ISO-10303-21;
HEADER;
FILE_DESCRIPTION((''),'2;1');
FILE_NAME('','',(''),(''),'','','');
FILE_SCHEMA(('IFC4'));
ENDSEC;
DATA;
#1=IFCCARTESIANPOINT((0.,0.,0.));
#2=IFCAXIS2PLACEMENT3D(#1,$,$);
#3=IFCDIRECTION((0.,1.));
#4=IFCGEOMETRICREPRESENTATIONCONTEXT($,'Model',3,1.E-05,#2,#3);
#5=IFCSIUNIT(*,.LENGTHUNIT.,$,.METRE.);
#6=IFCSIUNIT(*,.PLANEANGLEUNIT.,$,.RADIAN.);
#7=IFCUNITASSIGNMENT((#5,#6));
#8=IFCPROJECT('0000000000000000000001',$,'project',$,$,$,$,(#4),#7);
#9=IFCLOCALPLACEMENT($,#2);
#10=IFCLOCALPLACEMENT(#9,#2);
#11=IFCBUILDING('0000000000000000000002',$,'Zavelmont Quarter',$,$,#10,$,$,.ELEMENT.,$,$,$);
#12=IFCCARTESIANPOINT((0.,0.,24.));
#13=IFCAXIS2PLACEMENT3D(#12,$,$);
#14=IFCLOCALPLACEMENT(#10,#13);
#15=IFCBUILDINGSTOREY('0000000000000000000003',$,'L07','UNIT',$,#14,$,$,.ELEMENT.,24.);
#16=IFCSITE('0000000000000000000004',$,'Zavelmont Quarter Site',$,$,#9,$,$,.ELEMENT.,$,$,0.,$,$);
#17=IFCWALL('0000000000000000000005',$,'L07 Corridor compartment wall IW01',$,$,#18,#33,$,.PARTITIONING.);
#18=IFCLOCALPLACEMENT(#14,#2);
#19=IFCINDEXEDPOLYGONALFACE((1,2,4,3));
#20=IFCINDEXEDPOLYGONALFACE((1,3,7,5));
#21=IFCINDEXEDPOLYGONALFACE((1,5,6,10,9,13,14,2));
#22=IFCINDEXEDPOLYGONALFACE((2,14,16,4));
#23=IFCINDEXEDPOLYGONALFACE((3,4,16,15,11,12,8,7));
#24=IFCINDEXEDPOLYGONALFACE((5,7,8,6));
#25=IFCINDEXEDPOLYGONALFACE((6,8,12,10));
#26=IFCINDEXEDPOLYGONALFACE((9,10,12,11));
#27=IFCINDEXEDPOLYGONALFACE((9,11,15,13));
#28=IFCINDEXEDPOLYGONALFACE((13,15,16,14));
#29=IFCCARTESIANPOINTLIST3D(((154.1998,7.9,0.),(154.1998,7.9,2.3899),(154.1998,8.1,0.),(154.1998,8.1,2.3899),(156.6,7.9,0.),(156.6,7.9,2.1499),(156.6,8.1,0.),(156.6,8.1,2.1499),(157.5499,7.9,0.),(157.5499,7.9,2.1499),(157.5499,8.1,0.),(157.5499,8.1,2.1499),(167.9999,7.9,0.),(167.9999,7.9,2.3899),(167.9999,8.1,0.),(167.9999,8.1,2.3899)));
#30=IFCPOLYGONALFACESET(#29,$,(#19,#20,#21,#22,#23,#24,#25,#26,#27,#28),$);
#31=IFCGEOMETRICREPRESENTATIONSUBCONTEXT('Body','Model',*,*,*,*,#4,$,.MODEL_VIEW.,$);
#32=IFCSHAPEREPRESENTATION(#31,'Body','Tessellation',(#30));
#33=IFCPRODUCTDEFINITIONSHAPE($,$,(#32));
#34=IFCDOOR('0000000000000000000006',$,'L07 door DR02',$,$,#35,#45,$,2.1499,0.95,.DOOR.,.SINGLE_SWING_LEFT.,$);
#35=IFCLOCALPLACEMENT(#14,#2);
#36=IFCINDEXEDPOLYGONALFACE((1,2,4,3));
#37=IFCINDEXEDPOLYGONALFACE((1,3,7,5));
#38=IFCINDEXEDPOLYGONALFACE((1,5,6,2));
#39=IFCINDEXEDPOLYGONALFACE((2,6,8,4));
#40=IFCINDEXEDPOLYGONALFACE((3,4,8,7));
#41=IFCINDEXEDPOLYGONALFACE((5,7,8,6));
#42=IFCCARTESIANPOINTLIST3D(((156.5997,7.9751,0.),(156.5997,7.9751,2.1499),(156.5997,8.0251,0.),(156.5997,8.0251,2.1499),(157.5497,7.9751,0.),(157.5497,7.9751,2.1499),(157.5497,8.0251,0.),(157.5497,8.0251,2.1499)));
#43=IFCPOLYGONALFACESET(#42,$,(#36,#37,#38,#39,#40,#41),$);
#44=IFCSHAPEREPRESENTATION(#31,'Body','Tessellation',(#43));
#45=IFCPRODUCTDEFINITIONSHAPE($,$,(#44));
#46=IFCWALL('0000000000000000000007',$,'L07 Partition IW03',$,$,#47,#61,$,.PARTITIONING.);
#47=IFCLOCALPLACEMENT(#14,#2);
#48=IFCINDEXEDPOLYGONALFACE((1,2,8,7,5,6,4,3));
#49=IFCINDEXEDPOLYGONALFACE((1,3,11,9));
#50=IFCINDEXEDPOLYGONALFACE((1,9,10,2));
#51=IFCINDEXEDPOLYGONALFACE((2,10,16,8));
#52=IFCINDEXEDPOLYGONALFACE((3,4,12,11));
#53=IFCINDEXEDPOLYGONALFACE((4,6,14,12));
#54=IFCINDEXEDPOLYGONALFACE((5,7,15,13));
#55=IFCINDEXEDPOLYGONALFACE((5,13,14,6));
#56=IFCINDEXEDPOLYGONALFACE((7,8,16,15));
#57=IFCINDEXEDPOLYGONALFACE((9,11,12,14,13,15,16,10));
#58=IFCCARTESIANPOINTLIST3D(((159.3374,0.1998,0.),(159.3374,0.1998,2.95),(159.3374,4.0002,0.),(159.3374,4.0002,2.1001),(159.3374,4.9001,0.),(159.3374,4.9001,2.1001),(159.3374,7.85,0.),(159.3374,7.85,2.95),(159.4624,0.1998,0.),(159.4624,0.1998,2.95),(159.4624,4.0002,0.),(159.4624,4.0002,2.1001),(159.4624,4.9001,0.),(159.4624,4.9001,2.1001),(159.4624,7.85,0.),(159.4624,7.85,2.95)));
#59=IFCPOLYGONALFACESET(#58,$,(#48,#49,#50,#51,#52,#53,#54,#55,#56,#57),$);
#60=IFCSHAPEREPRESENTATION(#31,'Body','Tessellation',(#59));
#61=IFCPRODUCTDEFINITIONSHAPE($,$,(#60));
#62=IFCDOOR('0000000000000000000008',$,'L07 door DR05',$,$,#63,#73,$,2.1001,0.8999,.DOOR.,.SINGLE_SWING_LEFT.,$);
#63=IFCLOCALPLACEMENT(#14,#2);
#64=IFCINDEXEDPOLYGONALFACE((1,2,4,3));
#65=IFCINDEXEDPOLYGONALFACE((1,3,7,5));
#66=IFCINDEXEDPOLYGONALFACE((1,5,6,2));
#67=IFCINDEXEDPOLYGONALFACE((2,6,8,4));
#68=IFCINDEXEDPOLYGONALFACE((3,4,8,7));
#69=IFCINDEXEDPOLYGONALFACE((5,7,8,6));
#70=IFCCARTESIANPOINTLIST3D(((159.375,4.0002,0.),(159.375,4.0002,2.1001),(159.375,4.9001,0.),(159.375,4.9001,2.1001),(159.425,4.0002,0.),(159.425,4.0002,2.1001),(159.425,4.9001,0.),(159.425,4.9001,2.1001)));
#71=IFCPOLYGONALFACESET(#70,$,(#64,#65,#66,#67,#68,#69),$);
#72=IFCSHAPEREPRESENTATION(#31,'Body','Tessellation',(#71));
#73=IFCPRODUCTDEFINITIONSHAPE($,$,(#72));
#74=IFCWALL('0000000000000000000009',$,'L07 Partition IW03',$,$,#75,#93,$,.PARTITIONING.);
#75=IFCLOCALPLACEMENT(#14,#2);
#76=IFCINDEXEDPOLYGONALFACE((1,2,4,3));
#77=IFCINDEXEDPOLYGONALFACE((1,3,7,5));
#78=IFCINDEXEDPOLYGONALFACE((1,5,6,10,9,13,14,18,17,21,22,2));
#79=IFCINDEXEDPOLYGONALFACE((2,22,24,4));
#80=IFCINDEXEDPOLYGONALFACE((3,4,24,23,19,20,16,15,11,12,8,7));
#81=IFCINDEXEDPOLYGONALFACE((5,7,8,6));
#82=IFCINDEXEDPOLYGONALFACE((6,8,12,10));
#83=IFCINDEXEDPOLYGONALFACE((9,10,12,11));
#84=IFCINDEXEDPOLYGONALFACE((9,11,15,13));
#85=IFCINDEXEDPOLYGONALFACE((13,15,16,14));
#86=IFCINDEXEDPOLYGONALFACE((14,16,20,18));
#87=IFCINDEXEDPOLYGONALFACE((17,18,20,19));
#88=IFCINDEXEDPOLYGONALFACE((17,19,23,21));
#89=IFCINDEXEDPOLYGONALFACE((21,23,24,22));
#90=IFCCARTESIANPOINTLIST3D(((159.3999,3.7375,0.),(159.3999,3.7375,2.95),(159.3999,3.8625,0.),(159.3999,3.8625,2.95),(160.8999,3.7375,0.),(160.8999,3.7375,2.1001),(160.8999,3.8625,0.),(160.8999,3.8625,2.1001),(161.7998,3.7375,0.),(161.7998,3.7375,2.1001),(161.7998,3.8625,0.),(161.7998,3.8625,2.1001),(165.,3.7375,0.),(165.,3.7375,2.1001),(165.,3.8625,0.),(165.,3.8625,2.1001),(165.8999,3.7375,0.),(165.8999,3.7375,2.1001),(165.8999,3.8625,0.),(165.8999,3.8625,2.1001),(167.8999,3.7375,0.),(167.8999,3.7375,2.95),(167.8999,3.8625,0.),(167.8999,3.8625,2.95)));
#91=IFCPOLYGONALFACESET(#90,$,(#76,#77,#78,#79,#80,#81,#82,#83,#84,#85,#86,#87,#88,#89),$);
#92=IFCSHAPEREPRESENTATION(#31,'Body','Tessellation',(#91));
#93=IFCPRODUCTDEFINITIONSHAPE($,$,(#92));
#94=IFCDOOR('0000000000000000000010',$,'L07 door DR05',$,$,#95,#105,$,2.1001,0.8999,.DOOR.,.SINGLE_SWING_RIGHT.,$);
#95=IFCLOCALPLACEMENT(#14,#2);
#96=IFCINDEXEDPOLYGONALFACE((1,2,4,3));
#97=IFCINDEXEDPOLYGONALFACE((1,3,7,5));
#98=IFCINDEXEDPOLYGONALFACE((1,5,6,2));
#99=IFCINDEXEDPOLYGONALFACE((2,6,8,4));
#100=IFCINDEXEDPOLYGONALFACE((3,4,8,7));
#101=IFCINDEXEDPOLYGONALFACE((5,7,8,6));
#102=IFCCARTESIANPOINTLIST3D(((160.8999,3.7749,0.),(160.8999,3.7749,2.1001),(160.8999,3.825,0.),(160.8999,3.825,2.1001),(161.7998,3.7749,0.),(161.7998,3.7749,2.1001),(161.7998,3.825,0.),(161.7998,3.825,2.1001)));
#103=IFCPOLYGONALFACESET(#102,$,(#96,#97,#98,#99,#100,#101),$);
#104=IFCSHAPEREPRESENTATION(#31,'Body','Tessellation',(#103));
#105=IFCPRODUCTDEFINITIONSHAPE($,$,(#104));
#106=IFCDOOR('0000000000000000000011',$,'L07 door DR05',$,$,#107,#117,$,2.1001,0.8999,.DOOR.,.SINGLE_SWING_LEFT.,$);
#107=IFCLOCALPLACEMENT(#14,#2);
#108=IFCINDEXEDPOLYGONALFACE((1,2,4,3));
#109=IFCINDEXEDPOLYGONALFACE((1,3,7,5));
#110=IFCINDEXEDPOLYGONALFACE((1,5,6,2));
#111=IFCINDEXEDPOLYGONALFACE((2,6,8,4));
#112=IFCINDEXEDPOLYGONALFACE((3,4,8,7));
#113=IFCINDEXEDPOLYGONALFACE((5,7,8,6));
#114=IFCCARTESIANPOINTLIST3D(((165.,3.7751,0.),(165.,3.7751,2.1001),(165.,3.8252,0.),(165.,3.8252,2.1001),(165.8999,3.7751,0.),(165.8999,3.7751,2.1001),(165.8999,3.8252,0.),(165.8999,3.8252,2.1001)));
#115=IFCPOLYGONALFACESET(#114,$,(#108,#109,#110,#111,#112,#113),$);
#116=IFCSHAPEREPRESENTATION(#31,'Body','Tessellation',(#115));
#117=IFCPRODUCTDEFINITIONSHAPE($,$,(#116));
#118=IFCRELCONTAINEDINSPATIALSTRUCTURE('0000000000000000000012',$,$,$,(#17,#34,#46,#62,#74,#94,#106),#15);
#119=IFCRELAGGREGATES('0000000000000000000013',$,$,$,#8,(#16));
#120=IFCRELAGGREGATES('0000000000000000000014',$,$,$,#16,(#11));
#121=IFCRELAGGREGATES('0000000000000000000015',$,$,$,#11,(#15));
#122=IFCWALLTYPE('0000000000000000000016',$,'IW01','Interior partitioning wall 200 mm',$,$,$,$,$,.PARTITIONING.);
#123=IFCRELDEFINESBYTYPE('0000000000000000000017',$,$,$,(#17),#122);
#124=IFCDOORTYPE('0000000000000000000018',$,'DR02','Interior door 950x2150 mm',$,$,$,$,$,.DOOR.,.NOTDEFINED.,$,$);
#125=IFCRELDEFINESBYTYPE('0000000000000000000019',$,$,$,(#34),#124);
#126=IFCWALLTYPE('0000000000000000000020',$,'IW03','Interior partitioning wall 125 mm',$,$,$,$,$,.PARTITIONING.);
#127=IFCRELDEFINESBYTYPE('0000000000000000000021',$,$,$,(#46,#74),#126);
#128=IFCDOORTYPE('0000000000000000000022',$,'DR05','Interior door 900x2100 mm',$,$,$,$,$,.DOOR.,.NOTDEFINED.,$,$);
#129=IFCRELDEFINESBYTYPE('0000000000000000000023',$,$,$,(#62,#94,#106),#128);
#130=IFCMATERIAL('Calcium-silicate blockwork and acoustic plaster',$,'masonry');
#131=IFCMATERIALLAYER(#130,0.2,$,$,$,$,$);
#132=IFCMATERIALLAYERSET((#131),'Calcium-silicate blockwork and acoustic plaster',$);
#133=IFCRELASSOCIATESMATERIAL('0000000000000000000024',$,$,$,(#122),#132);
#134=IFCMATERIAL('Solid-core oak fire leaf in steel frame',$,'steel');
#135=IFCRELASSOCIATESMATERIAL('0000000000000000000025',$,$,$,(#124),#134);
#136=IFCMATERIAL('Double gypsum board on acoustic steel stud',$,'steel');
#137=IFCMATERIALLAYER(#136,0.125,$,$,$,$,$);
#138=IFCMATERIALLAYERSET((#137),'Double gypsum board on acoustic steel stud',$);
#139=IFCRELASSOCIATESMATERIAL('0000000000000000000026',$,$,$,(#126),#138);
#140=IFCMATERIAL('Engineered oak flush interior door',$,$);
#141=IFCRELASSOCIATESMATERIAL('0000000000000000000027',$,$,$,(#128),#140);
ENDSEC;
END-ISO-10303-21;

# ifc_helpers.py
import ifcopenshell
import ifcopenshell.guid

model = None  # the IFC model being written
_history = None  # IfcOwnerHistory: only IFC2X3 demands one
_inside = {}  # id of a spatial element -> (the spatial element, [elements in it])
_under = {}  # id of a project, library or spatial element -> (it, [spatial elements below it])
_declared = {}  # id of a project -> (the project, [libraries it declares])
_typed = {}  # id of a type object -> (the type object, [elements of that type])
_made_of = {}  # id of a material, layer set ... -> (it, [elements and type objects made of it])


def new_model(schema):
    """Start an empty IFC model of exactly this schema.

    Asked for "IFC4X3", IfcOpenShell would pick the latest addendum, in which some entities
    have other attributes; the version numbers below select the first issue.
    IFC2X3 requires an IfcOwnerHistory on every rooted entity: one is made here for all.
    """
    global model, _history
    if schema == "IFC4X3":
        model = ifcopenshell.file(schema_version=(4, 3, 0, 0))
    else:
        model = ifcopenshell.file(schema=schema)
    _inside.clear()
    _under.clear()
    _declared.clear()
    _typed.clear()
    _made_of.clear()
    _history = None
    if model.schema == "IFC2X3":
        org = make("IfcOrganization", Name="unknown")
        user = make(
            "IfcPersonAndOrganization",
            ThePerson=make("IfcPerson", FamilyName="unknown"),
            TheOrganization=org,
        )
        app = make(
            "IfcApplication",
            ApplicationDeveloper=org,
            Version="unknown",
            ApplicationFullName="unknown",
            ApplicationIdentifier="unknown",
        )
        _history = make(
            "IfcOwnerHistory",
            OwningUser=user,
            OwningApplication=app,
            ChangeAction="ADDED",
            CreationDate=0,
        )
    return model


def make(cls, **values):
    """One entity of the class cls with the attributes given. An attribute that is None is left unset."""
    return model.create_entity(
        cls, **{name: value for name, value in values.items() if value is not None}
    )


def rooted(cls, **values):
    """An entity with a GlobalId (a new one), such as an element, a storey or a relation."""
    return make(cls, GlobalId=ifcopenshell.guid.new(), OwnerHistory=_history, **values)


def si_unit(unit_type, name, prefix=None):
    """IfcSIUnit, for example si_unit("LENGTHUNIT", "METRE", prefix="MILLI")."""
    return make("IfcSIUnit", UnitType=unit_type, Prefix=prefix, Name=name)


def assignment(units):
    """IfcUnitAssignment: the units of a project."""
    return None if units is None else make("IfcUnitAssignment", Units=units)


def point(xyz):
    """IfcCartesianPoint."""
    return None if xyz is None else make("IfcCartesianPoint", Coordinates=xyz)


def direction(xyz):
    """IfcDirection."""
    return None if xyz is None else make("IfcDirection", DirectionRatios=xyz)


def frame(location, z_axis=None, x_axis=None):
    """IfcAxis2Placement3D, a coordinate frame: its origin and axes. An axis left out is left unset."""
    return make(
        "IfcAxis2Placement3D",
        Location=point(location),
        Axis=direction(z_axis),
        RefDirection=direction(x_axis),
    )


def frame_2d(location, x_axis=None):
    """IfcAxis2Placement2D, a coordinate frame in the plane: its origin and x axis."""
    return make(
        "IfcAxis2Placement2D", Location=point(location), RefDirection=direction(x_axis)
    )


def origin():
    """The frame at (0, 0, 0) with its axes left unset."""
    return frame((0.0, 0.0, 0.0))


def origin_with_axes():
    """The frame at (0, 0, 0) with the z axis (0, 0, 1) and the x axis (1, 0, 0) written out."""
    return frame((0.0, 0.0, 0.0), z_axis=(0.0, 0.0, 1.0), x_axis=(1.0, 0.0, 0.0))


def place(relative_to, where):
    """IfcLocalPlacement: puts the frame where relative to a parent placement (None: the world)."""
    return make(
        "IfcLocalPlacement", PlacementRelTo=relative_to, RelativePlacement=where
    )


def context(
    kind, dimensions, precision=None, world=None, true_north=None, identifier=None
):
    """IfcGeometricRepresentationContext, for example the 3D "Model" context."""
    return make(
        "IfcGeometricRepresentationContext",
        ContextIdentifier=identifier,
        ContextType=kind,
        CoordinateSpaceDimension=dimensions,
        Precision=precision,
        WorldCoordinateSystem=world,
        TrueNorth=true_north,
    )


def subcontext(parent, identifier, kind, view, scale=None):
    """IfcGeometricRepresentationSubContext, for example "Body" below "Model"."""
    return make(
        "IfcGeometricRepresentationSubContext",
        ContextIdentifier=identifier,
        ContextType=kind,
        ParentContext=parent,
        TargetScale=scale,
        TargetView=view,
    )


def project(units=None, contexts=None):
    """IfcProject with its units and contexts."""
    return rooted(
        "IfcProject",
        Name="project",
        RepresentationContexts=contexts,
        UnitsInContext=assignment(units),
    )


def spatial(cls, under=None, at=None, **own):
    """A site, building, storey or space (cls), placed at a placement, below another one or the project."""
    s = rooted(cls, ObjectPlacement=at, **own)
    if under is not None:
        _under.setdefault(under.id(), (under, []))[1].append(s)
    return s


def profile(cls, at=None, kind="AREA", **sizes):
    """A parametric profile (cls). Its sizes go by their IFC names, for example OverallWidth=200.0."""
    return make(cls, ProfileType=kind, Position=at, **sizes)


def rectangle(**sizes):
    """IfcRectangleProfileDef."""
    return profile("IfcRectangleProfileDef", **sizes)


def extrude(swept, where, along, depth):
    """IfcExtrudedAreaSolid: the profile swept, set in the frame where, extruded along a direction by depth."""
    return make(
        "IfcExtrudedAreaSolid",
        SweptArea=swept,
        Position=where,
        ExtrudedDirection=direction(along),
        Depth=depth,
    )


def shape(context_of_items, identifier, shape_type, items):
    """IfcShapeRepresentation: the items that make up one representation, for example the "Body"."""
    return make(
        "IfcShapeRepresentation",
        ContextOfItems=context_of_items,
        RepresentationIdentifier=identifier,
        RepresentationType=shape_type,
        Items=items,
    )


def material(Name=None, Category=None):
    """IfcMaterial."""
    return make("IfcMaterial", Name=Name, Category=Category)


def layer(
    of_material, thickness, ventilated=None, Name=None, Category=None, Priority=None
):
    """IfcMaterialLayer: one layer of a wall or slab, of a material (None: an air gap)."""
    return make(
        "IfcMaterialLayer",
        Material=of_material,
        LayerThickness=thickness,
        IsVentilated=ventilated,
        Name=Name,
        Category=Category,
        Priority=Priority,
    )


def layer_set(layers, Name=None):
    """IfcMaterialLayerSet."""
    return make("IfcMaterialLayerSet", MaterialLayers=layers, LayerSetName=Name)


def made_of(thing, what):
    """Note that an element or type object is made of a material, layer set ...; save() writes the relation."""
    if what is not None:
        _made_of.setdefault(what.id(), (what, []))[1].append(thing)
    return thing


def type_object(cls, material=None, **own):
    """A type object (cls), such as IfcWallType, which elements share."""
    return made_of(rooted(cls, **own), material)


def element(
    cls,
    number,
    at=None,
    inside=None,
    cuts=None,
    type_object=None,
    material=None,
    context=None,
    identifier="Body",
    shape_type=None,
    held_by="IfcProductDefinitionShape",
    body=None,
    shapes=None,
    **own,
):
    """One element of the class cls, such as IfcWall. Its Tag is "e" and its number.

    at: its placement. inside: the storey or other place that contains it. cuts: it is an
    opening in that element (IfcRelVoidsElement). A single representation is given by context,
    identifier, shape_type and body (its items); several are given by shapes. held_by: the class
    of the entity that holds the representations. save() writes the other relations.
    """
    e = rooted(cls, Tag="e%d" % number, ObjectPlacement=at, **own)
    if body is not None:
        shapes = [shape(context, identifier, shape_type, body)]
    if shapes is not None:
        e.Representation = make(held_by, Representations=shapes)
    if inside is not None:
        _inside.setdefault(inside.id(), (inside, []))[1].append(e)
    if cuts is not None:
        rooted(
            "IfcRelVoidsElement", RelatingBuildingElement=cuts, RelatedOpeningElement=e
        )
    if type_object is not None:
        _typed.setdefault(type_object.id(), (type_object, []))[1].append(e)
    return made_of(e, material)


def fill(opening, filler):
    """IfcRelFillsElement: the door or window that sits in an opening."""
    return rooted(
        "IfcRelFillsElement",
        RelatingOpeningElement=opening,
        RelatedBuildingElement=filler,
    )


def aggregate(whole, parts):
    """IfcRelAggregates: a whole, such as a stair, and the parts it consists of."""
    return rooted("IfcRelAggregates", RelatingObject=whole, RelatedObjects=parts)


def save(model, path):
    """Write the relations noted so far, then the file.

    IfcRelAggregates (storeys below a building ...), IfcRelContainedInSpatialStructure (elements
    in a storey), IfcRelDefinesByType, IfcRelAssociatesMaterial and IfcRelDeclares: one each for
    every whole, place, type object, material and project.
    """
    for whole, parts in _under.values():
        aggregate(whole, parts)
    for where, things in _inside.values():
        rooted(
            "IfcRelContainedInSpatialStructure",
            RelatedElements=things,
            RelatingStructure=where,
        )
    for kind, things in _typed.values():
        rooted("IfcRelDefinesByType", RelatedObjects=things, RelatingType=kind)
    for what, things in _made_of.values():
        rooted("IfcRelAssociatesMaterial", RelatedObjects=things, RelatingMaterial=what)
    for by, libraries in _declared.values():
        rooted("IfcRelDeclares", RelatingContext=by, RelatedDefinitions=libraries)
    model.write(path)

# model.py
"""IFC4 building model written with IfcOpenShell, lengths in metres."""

from ifc_helpers import new_model, si_unit, direction, frame, frame_2d, origin, origin_with_axes, place, context, subcontext, project, spatial, rectangle, extrude, material, layer, layer_set, type_object, element, fill, save


model = new_model("IFC4")

# Units and contexts
model_context = context("Model", 3, precision=1e-05, world=origin(), true_north=direction((0.0, 1.0)))
body_context = subcontext(model_context, "Body", "Model", "MODEL_VIEW")
ifc_project = project(units=[si_unit("LENGTHUNIT", "METRE"), si_unit("PLANEANGLEUNIT", "RADIAN")], contexts=[model_context])

# Site, building, storey
site_placement = place(None, origin())
site = spatial("IfcSite", under=ifc_project, at=site_placement, Name="Zavelmont Quarter Site", CompositionType="ELEMENT", RefElevation=0.0)
building_placement = place(site_placement, origin())
building = spatial("IfcBuilding", under=site, at=building_placement, Name="Zavelmont Quarter", CompositionType="ELEMENT")
storey_placement = place(building_placement, frame((0.0, 0.0, 24.0)))
storey = spatial("IfcBuildingStorey", under=building, at=storey_placement, Name="L07", Description="UNIT", CompositionType="ELEMENT", Elevation=24.0)

# Shared definitions
ifc_material_1 = material(Name="Calcium-silicate blockwork and acoustic plaster", Category="masonry")
ifc_layer_1 = layer(ifc_material_1, 0.2)
ifc_layer_set_1 = layer_set([ifc_layer_1], Name="Calcium-silicate blockwork and acoustic plaster")
wall_type_1 = type_object("IfcWallType", Name="IW01", Description="Interior partitioning wall 200 mm", PredefinedType="PARTITIONING", material=ifc_layer_set_1)

# Walls, openings, doors
wall_1_placement = place(storey_placement, frame((154.2, 8.0, 0.0), z_axis=(0.0, 0.0, 1.0), x_axis=(1.0, 0.0, 0.0)))
wall_1 = element("IfcWall", 1, at=wall_1_placement, inside=storey, type_object=wall_type_1, Name="L07 Corridor compartment wall IW01", PredefinedType="PARTITIONING", context=body_context, shape_type="SweptSolid", body=[
    extrude(rectangle(XDim=13.8, YDim=0.2, at=frame_2d((6.8999, 0.0))), origin(), (0.0, 0.0, 1.0), 2.3899),
])
opening_1_placement = place(wall_1_placement, frame((2.3999, 0.0, 0.0)))
opening_1 = element("IfcOpeningElement", 2, at=opening_1_placement, cuts=wall_1, PredefinedType="OPENING", context=body_context, shape_type="SweptSolid", body=[
    extrude(rectangle(XDim=0.95, YDim=2.1499, at=frame_2d((0.4751, 1.075))), frame((0.0, 0.1118, 0.0), z_axis=(0.0, -1.0, 0.0), x_axis=(1.0, 0.0, 0.0)), (0.0, 0.0, 1.0), 0.2239),
])
ifc_material_2 = material(Name="Solid-core oak fire leaf in steel frame", Category="steel")
door_type_1 = type_object("IfcDoorType", Name="DR02", Description="Interior door 950x2150 mm", OperationType="NOTDEFINED", PredefinedType="DOOR", material=ifc_material_2)
door_1_placement = place(opening_1_placement, frame((0.95, 0.0, 0.0), z_axis=(0.0, 0.0, 1.0), x_axis=(-1.0, 0.0, 0.0)))
door_1 = element("IfcDoor", 3, at=door_1_placement, inside=storey, type_object=door_type_1, Name="L07 door DR02", OperationType="SINGLE_SWING_LEFT", OverallHeight=2.1499, OverallWidth=0.95, PredefinedType="DOOR", context=body_context, shape_type="SweptSolid", body=[
    extrude(rectangle(XDim=0.95, YDim=2.1499, at=frame_2d((0.4751, 1.075))), frame((0.0, 0.0249, 0.0), z_axis=(0.0, -1.0, 0.0), x_axis=(1.0, 0.0, 0.0)), (0.0, 0.0, 1.0), 0.05),
])
fill(opening_1, door_1)
ifc_material_3 = material(Name="Double gypsum board on acoustic steel stud", Category="steel")
ifc_layer_2 = layer(ifc_material_3, 0.125)
ifc_layer_set_2 = layer_set([ifc_layer_2], Name="Double gypsum board on acoustic steel stud")
wall_type_2 = type_object("IfcWallType", Name="IW03", Description="Interior partitioning wall 125 mm", PredefinedType="PARTITIONING", material=ifc_layer_set_2)
wall_2_placement = place(storey_placement, frame((159.3999, 7.8501, 0.0), z_axis=(0.0, 0.0, 1.0), x_axis=(0.0, -1.0, 0.0)))
wall_2 = element("IfcWall", 4, at=wall_2_placement, inside=storey, type_object=wall_type_2, Name="L07 Partition IW03", PredefinedType="PARTITIONING", context=body_context, shape_type="SweptSolid", body=[
    extrude(rectangle(XDim=7.6501, YDim=0.125, at=frame_2d((3.8252, 0.0))), origin(), (0.0, 0.0, 1.0), 2.95),
])
opening_2_placement = place(wall_2_placement, frame((2.95, 0.0, 0.0)))
opening_2 = element("IfcOpeningElement", 5, at=opening_2_placement, cuts=wall_2, PredefinedType="OPENING", context=body_context, shape_type="SweptSolid", body=[
    extrude(rectangle(XDim=0.8999, YDim=2.1001, at=frame_2d((0.45, 1.05))), frame((0.0, 0.0745, 0.0), z_axis=(0.0, -1.0, 0.0), x_axis=(1.0, 0.0, 0.0)), (0.0, 0.0, 1.0), 0.1489),
])
ifc_material_4 = material(Name="Engineered oak flush interior door")
door_type_2 = type_object("IfcDoorType", Name="DR05", Description="Interior door 900x2100 mm", OperationType="NOTDEFINED", PredefinedType="DOOR", material=ifc_material_4)
door_2_placement = place(opening_2_placement, frame((0.8999, 0.0, 0.0), z_axis=(0.0, 0.0, 1.0), x_axis=(-1.0, 0.0, 0.0)))
door_2 = element("IfcDoor", 6, at=door_2_placement, inside=storey, type_object=door_type_2, Name="L07 door DR05", OperationType="SINGLE_SWING_LEFT", OverallHeight=2.1001, OverallWidth=0.8999, PredefinedType="DOOR", context=body_context, shape_type="SweptSolid", body=[
    extrude(rectangle(XDim=0.8999, YDim=2.1001, at=frame_2d((0.45, 1.05))), frame((0.0, 0.0249, 0.0), z_axis=(0.0, -1.0, 0.0), x_axis=(1.0, 0.0, 0.0)), (0.0, 0.0, 1.0), 0.05),
])
fill(opening_2, door_2)

# Wall, openings, doors
wall_3_placement = place(storey_placement, frame((159.3999, 3.8, 0.0), z_axis=(0.0, 0.0, 1.0), x_axis=(1.0, 0.0, 0.0)))
wall_3 = element("IfcWall", 7, at=wall_3_placement, inside=storey, type_object=wall_type_2, Name="L07 Partition IW03", PredefinedType="PARTITIONING", context=body_context, shape_type="SweptSolid", body=[
    extrude(rectangle(XDim=8.5, YDim=0.125, at=frame_2d((4.25, 0.0))), origin(), (0.0, 0.0, 1.0), 2.95),
])
opening_3_placement = place(wall_3_placement, frame((1.5, 0.0, 0.0)))
opening_3 = element("IfcOpeningElement", 8, at=opening_3_placement, cuts=wall_3, PredefinedType="OPENING", context=body_context, shape_type="SweptSolid", body=[
    extrude(rectangle(XDim=0.8999, YDim=2.1001, at=frame_2d((0.45, 1.05))), frame((0.0, 0.0745, 0.0), z_axis=(0.0, -1.0, 0.0), x_axis=(1.0, 0.0, 0.0)), (0.0, 0.0, 1.0), 0.1489),
])
opening_4_placement = place(wall_3_placement, frame((5.6001, 0.0, 0.0)))
opening_4 = element("IfcOpeningElement", 9, at=opening_4_placement, cuts=wall_3, PredefinedType="OPENING", context=body_context, shape_type="SweptSolid", body=[
    extrude(rectangle(XDim=0.8999, YDim=2.1001, at=frame_2d((0.45, 1.05))), frame((0.0, 0.0745, 0.0), z_axis=(0.0, -1.0, 0.0), x_axis=(1.0, 0.0, 0.0)), (0.0, 0.0, 1.0), 0.1489),
])
door_3_placement = place(opening_3_placement, origin_with_axes())
door_3 = element("IfcDoor", 10, at=door_3_placement, inside=storey, type_object=door_type_2, Name="L07 door DR05", OperationType="SINGLE_SWING_RIGHT", OverallHeight=2.1001, OverallWidth=0.8999, PredefinedType="DOOR", context=body_context, shape_type="SweptSolid", body=[
    extrude(rectangle(XDim=0.8999, YDim=2.1001, at=frame_2d((0.45, 1.05))), frame((0.0, 0.0249, 0.0), z_axis=(0.0, -1.0, 0.0), x_axis=(1.0, 0.0, 0.0)), (0.0, 0.0, 1.0), 0.05),
])
fill(opening_3, door_3)
door_4_placement = place(opening_4_placement, frame((0.8999, 0.0, 0.0), z_axis=(0.0, 0.0, 1.0), x_axis=(-1.0, 0.0, 0.0)))
door_4 = element("IfcDoor", 11, at=door_4_placement, inside=storey, type_object=door_type_2, Name="L07 door DR05", OperationType="SINGLE_SWING_LEFT", OverallHeight=2.1001, OverallWidth=0.8999, PredefinedType="DOOR", context=body_context, shape_type="SweptSolid", body=[
    extrude(rectangle(XDim=0.8999, YDim=2.1001, at=frame_2d((0.45, 1.05))), frame((0.0, 0.0249, 0.0), z_axis=(0.0, -1.0, 0.0), x_axis=(1.0, 0.0, 0.0)), (0.0, 0.0, 1.0), 0.05),
])
fill(opening_4, door_4)

save(model, "model.ifc")
